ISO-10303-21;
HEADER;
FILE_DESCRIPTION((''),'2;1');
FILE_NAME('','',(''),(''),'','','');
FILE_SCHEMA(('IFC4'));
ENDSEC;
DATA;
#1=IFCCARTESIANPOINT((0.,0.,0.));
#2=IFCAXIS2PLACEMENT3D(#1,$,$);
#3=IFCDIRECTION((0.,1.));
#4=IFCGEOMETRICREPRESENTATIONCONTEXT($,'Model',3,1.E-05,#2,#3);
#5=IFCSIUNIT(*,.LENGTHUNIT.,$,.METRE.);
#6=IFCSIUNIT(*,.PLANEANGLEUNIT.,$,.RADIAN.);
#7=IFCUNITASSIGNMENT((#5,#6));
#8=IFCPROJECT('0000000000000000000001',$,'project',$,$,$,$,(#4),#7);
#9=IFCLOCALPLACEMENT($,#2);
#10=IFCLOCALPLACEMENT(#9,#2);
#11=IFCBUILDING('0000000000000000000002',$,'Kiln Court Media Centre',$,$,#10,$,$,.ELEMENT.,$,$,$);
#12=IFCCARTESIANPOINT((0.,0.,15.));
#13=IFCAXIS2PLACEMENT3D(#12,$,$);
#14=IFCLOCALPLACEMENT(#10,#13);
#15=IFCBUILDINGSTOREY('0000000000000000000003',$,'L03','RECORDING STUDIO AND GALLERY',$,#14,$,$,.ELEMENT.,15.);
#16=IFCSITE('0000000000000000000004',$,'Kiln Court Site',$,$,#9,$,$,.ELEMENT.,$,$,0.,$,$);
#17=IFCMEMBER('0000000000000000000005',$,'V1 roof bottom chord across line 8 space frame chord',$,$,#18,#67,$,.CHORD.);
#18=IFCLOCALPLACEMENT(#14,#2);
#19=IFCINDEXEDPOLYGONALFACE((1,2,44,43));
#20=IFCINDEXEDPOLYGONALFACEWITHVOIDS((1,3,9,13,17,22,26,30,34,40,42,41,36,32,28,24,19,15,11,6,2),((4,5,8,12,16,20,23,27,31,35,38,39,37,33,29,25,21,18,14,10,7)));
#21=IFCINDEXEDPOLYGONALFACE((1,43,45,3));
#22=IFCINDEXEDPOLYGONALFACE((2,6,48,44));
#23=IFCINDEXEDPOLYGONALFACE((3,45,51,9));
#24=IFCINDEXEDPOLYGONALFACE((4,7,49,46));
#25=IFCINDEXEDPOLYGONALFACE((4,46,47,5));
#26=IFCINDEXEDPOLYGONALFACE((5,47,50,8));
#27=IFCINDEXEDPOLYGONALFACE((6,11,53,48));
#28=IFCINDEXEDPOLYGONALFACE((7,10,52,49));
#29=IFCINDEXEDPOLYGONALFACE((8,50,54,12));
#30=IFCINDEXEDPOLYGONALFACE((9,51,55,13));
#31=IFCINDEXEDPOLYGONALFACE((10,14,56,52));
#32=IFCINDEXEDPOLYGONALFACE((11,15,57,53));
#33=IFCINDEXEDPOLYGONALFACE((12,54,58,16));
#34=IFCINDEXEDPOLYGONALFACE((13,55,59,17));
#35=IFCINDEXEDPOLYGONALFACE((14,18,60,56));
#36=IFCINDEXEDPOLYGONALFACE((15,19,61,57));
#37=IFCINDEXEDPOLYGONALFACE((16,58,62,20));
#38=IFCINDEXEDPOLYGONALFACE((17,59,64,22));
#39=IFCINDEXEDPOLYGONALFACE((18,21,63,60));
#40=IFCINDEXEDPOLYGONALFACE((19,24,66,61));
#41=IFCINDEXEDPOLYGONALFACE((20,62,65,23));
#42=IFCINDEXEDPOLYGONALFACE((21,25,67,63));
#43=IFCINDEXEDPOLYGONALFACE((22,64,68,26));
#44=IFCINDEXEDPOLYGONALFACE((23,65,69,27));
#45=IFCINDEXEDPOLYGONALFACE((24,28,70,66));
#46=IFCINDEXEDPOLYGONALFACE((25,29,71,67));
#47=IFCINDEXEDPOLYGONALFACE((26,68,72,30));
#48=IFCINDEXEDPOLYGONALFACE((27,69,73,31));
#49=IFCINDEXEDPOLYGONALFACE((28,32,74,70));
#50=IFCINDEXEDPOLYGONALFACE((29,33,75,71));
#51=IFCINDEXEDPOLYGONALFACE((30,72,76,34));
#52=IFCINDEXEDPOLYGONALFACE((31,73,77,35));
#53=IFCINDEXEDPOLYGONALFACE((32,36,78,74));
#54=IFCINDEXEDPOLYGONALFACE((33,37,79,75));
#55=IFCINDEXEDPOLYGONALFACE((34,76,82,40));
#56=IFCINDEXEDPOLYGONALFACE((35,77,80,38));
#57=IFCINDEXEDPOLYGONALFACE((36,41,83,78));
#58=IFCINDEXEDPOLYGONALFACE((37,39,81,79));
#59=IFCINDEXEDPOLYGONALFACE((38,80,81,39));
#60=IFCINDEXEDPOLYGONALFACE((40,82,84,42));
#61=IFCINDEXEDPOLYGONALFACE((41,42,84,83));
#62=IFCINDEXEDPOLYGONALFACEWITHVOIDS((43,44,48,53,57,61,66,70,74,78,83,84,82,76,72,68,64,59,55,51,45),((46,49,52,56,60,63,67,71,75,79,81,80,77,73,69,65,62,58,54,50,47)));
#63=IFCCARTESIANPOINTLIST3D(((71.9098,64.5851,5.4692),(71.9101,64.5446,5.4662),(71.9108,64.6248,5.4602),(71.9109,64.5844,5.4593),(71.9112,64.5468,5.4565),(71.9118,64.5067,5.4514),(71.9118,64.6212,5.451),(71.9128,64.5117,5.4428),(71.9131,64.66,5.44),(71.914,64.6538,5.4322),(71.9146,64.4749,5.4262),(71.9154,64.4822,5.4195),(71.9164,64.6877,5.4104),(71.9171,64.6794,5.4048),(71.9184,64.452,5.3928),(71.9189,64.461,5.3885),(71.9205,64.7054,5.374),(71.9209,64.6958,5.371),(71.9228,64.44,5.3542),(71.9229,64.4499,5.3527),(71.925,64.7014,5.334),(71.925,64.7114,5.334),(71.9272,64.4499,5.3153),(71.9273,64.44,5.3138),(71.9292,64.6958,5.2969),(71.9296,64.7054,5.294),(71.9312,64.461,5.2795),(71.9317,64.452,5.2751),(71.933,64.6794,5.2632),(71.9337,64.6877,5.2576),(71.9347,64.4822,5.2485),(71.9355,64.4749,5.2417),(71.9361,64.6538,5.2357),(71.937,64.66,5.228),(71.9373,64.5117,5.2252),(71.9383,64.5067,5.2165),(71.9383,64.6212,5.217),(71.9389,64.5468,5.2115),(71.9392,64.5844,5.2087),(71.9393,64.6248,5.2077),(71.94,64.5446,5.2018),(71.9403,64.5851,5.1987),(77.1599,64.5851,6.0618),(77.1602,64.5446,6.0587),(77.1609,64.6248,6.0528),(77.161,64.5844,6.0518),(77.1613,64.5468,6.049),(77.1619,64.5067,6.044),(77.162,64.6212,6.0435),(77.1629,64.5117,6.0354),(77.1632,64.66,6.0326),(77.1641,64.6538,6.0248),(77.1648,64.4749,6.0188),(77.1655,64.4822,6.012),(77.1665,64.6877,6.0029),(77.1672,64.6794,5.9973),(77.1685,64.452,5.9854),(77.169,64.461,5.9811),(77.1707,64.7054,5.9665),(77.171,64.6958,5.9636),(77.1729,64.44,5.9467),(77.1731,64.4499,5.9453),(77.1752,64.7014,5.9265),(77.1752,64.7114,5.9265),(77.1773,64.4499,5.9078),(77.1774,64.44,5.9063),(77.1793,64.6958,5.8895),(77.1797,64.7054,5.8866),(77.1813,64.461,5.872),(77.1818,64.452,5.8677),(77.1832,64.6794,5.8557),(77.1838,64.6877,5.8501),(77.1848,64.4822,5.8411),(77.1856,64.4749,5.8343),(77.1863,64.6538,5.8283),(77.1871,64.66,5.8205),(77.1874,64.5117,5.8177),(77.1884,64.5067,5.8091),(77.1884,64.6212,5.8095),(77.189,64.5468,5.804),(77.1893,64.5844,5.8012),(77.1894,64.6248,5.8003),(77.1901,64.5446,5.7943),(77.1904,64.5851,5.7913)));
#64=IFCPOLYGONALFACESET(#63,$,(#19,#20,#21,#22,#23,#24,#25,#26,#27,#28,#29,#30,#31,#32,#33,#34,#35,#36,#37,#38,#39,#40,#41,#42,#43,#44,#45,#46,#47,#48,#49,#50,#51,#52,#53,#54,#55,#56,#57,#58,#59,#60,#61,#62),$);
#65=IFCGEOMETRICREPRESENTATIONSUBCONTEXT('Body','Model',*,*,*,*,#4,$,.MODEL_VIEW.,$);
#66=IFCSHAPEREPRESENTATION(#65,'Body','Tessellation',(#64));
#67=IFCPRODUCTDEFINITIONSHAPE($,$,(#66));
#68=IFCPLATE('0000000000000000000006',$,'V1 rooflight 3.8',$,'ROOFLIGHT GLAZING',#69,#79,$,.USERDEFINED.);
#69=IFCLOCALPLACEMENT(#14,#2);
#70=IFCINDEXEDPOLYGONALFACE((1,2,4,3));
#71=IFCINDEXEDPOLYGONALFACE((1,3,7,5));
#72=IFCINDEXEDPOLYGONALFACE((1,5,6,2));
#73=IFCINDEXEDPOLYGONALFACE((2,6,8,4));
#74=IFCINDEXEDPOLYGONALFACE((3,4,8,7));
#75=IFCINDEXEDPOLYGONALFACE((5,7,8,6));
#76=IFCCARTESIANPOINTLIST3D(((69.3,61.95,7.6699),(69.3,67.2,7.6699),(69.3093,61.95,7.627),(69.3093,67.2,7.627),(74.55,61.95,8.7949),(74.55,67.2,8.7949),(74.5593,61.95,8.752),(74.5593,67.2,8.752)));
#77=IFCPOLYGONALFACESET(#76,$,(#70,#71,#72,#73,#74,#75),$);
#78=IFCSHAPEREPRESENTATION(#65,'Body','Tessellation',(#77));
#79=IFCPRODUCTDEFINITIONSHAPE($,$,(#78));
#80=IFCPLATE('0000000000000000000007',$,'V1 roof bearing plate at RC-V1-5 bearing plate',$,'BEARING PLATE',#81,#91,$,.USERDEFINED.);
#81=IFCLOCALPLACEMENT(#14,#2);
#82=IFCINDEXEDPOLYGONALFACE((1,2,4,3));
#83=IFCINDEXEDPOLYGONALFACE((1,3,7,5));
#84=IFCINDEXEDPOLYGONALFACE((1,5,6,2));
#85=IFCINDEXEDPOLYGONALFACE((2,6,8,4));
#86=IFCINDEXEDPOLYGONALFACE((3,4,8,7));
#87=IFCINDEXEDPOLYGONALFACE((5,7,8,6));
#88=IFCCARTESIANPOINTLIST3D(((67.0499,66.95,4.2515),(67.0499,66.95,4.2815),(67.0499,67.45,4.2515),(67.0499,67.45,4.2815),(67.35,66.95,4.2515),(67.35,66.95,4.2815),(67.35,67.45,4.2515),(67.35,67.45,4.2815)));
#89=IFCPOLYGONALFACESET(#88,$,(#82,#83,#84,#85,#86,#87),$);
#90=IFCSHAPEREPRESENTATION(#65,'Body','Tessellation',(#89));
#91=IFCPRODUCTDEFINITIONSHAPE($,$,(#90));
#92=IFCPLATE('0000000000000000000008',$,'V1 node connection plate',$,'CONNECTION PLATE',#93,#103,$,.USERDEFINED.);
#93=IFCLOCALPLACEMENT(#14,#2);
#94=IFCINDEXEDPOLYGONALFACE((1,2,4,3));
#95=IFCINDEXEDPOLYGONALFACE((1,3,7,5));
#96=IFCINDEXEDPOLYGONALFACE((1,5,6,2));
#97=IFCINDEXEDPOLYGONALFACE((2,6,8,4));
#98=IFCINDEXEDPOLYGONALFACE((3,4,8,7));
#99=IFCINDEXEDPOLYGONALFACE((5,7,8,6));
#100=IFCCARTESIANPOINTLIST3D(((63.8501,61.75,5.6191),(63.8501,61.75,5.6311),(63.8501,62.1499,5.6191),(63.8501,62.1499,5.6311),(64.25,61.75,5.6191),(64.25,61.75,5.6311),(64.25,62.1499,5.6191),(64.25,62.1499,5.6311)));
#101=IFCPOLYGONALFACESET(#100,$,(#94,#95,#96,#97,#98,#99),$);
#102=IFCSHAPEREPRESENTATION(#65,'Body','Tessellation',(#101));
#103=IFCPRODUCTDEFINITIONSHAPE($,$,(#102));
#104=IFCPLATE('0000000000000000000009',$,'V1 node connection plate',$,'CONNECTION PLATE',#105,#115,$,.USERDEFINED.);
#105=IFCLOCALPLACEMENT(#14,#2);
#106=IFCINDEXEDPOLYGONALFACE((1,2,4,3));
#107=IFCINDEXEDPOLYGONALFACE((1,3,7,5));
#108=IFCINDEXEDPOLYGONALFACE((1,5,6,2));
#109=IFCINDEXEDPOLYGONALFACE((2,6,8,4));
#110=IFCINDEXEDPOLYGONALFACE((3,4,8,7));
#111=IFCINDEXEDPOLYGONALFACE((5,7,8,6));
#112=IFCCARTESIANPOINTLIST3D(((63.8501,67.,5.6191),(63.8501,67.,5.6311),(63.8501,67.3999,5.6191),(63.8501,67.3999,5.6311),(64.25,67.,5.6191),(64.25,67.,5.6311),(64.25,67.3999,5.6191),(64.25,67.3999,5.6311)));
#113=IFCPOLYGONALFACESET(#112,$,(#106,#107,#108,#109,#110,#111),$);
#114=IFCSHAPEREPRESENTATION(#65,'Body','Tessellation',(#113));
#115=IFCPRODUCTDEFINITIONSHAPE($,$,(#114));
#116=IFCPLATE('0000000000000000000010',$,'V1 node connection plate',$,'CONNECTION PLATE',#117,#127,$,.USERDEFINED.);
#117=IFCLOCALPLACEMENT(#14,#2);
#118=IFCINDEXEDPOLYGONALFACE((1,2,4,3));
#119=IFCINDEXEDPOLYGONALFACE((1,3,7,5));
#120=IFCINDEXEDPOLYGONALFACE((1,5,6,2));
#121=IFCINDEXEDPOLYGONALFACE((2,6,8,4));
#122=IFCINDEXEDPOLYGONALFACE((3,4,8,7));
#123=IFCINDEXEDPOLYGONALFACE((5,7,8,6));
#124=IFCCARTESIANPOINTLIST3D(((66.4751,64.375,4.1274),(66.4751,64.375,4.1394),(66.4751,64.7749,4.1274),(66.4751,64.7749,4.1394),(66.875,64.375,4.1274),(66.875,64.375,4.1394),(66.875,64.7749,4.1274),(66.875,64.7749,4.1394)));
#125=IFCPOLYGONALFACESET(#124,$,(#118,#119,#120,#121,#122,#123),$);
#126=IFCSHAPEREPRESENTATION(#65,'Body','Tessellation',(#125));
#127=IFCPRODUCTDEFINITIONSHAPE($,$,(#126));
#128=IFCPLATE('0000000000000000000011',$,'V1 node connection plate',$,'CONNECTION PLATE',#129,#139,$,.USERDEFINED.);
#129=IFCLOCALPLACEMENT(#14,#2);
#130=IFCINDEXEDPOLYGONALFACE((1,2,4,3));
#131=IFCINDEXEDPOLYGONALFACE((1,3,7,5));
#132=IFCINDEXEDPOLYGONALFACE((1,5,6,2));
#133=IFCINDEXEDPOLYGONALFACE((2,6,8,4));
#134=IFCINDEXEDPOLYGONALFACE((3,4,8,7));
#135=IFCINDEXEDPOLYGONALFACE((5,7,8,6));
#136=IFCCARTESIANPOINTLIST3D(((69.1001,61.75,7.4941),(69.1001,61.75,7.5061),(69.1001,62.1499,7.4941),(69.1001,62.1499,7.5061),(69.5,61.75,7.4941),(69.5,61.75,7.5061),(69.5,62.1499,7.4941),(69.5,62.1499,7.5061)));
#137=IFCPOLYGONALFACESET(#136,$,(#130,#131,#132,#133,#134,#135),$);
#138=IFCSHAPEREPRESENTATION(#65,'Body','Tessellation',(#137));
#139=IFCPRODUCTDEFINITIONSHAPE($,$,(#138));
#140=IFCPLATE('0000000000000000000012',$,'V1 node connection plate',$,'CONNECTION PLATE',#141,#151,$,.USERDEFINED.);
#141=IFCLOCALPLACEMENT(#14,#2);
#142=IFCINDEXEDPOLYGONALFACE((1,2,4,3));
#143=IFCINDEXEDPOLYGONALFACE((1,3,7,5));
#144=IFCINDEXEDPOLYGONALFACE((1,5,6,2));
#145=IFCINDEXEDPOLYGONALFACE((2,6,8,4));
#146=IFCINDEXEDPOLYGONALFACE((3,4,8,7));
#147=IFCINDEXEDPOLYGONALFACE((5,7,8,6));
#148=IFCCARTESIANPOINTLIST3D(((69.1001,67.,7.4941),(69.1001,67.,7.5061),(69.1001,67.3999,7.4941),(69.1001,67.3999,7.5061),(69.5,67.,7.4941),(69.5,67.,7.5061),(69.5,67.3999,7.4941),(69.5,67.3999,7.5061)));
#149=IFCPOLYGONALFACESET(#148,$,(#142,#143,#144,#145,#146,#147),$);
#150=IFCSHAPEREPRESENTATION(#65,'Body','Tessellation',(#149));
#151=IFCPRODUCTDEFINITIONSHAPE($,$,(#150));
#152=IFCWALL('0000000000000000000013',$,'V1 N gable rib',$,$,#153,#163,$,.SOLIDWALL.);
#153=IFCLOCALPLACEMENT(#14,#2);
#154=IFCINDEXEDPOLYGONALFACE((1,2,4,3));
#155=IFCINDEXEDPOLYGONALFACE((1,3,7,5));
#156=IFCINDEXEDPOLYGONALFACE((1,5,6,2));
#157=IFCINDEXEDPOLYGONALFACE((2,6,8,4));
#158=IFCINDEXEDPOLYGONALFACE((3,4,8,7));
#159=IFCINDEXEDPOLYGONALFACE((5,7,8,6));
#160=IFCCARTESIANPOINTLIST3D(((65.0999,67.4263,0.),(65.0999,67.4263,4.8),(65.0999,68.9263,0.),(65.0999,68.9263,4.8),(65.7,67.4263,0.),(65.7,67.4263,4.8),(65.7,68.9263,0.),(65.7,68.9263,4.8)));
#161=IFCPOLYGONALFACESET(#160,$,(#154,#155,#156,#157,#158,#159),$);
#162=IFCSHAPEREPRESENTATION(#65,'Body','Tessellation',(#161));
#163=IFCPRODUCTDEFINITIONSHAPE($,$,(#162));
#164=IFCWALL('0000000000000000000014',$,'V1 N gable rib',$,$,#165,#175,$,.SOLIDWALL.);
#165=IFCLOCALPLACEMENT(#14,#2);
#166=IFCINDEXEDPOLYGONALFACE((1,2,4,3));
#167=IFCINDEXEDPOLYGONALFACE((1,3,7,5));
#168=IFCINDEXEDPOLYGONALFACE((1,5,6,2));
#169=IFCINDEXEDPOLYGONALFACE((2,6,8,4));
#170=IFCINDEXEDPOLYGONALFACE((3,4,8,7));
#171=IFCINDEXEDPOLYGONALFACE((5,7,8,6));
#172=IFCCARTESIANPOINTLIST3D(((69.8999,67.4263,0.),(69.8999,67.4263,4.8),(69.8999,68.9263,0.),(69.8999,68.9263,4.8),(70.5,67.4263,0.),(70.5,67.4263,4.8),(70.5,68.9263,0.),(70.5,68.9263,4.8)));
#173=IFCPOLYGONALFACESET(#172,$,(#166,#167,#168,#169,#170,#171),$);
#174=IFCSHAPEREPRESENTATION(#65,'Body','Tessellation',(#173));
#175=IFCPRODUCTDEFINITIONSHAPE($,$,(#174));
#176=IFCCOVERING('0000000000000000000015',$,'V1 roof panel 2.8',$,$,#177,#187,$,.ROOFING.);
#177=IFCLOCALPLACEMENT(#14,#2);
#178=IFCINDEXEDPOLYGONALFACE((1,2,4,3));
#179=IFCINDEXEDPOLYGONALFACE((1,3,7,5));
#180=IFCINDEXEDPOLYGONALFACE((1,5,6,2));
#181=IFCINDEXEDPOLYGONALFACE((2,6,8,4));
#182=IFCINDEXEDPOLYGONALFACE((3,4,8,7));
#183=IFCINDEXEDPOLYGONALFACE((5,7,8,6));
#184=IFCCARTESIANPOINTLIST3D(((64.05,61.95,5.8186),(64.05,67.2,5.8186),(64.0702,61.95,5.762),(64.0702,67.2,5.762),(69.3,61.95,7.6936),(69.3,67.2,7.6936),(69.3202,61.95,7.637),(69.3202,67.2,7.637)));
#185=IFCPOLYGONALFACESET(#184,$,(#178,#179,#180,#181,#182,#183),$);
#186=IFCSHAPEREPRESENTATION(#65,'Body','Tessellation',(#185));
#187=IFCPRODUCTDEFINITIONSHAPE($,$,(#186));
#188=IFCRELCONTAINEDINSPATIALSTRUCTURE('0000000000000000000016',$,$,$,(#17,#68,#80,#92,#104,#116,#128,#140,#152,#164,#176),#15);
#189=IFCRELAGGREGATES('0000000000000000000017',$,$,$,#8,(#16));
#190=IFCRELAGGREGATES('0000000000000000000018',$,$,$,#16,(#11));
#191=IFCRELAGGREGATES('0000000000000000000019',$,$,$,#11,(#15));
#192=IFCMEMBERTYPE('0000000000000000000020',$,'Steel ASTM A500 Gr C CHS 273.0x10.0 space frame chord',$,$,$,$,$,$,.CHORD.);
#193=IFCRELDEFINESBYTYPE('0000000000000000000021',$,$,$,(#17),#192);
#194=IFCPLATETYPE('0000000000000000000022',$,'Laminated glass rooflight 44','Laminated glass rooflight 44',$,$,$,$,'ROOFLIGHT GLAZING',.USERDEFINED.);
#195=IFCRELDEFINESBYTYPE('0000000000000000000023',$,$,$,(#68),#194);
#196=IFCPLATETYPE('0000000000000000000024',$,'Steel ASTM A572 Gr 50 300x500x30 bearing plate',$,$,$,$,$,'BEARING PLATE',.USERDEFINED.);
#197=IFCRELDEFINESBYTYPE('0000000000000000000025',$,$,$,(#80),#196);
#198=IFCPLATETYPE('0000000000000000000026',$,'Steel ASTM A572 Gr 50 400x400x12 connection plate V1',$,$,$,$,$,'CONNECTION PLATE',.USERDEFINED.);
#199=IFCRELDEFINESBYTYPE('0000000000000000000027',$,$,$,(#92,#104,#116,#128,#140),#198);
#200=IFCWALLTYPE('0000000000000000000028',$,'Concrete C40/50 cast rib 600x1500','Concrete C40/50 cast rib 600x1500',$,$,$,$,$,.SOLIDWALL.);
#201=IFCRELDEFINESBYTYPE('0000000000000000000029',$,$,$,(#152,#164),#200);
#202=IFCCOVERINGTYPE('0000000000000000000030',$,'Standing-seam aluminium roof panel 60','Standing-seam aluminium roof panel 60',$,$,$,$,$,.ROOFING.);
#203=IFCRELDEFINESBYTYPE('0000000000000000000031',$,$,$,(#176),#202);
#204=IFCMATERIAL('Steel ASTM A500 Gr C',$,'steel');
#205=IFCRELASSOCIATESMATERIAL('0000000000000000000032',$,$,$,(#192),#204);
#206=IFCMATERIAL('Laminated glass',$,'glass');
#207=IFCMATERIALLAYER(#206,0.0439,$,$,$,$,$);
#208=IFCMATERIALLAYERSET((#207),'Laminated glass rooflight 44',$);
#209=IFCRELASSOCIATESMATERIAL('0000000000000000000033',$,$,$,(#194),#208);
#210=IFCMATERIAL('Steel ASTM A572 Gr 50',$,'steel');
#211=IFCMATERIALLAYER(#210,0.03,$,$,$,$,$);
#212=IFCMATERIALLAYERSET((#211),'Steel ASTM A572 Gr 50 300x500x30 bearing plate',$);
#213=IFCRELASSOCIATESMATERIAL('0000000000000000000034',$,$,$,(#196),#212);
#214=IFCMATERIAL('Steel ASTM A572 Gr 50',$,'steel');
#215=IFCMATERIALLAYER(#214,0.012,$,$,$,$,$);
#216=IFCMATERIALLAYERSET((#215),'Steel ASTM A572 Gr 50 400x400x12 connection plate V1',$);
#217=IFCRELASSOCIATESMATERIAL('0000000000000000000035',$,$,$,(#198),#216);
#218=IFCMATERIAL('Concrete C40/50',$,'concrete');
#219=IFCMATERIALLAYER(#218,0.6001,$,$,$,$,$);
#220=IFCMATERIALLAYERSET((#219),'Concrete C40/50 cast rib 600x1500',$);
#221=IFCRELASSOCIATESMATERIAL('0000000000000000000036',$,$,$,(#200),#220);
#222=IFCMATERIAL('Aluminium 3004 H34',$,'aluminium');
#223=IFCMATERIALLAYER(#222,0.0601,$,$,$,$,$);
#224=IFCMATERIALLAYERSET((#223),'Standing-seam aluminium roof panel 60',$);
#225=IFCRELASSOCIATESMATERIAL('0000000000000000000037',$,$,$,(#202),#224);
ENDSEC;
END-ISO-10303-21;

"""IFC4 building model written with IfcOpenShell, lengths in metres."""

from ifc_helpers import new_model, si_unit, direction, frame, frame_2d, origin, origin_2d, place, context, subcontext, project, spatial, polyline, rectangle, hollow_circle, outline, extrude, material, layer, layer_set, material_profile, profile_set, type_object, element, save


model = new_model("IFC4")

# Units and contexts
model_context = context("Model", 3, precision=1e-05, world=origin(), true_north=direction((0.0, 1.0)))
body_context = subcontext(model_context, "Body", "Model", "MODEL_VIEW")
ifc_project = project(units=[si_unit("LENGTHUNIT", "METRE"), si_unit("PLANEANGLEUNIT", "RADIAN")], contexts=[model_context])

# Site, building, storey
site_placement = place(None, origin())
site = spatial("IfcSite", under=ifc_project, at=site_placement, Name="Kiln Court Site", CompositionType="ELEMENT", RefElevation=0.0)
building_placement = place(site_placement, origin())
building = spatial("IfcBuilding", under=site, at=building_placement, Name="Kiln Court Media Centre", CompositionType="ELEMENT")
storey_placement = place(building_placement, frame((0.0, 0.0, 15.0)))
storey = spatial("IfcBuildingStorey", under=building, at=storey_placement, Name="L03", Description="RECORDING STUDIO AND GALLERY", CompositionType="ELEMENT", Elevation=15.0)

# Member
ifc_material_1 = material(Name="Steel ASTM A500 Gr C", Category="steel")
ifc_material_profile_1 = material_profile(ifc_material_1, hollow_circle(Radius=0.1365, WallThickness=0.01, at=origin_2d()), Name="CHS 273.0x10.0")
ifc_profile_set_1 = profile_set([ifc_material_profile_1], Name="Steel ASTM A500 Gr C")
member_type_1 = type_object("IfcMemberType", Name="Steel ASTM A500 Gr C CHS 273.0x10.0 space frame chord", PredefinedType="CHORD", material=ifc_profile_set_1)
member_1_placement = place(storey_placement, frame((71.925, 64.575, 5.334), z_axis=(0.993691, 0.0, 0.112151), x_axis=(0.0, 1.0, 0.0)))
element("IfcMember", 1, at=member_1_placement, inside=storey, type_object=member_type_1, Name="V1 roof bottom chord across line 8 space frame chord", PredefinedType="CHORD", context=body_context, shape_type="SweptSolid", body=[
    extrude(hollow_circle(Radius=0.1365, WallThickness=0.01, at=origin_2d()), origin(), (0.0, 0.0, 1.0), 5.2834),
])

# Plates
ifc_material_2 = material(Name="Laminated glass", Category="glass")
ifc_layer_1 = layer(ifc_material_2, 0.0439)
ifc_layer_set_1 = layer_set([ifc_layer_1], Name="Laminated glass rooflight 44")
plate_type_1 = type_object("IfcPlateType", Name="Laminated glass rooflight 44", Description="Laminated glass rooflight 44", ElementType="ROOFLIGHT GLAZING", PredefinedType="USERDEFINED", material=ifc_layer_set_1)
plate_1_placement = place(storey_placement, frame((69.3, 61.95, 7.6699), z_axis=(-0.209529, 0.0, 0.977802), x_axis=(0.977802, 0.0, 0.209529)))
element("IfcPlate", 2, at=plate_1_placement, inside=storey, type_object=plate_type_1, Name="V1 rooflight 3.8", ObjectType="ROOFLIGHT GLAZING", PredefinedType="USERDEFINED", context=body_context, shape_type="SweptSolid", body=[
    extrude(outline(polyline([(0.0, 0.0), (5.3692, 0.0), (5.3692, 5.25), (0.0, 5.25), (0.0, 0.0)])), origin(), (0.0, 0.0, -1.0), 0.0439),
])
ifc_material_3 = material(Name="Steel ASTM A572 Gr 50", Category="steel")
ifc_layer_2 = layer(ifc_material_3, 0.03)
ifc_layer_set_2 = layer_set([ifc_layer_2], Name="Steel ASTM A572 Gr 50 300x500x30 bearing plate")
plate_type_2 = type_object("IfcPlateType", Name="Steel ASTM A572 Gr 50 300x500x30 bearing plate", ElementType="BEARING PLATE", PredefinedType="USERDEFINED", material=ifc_layer_set_2)
plate_2_placement = place(storey_placement, frame((67.2, 67.2, 4.2515), z_axis=(0.0, 0.0, 1.0), x_axis=(1.0, 0.0, 0.0)))
element("IfcPlate", 3, at=plate_2_placement, inside=storey, type_object=plate_type_2, Name="V1 roof bearing plate at RC-V1-5 bearing plate", ObjectType="BEARING PLATE", PredefinedType="USERDEFINED", context=body_context, shape_type="SweptSolid", body=[
    extrude(rectangle(XDim=0.3, YDim=0.5, at=origin_2d()), origin(), (0.0, 0.0, 1.0), 0.03),
])
ifc_material_4 = material(Name="Steel ASTM A572 Gr 50", Category="steel")
ifc_layer_3 = layer(ifc_material_4, 0.012)
ifc_layer_set_3 = layer_set([ifc_layer_3], Name="Steel ASTM A572 Gr 50 400x400x12 connection plate V1")
plate_type_3 = type_object("IfcPlateType", Name="Steel ASTM A572 Gr 50 400x400x12 connection plate V1", ElementType="CONNECTION PLATE", PredefinedType="USERDEFINED", material=ifc_layer_set_3)
for number, where, z_axis, x_axis, name in (
    (4, (64.05, 61.95, 5.6191), (0.0, 0.0, 1.0), (1.0, 0.0, 0.0), "V1 node connection plate"),
    (5, (64.05, 67.2, 5.6191), (0.0, 0.0, 1.0), (1.0, 0.0, 0.0), "V1 node connection plate"),
    (6, (66.675, 64.575, 4.1274), (0.0, 0.0, 1.0), (1.0, 0.0, 0.0), "V1 node connection plate"),
    (7, (69.3, 61.95, 7.4941), (0.0, 0.0, 1.0), (1.0, 0.0, 0.0), "V1 node connection plate"),
    (8, (69.3, 67.2, 7.4941), (0.0, 0.0, 1.0), (1.0, 0.0, 0.0), "V1 node connection plate"),
):
    element("IfcPlate", number, at=place(storey_placement, frame(where, z_axis=z_axis, x_axis=x_axis)), inside=storey, type_object=plate_type_3, Name=name, ObjectType="CONNECTION PLATE", PredefinedType="USERDEFINED", context=body_context, shape_type="SweptSolid", body=[
        extrude(rectangle(XDim=0.3999, YDim=0.3999, at=origin_2d()), origin(), (0.0, 0.0, 1.0), 0.012),
    ])

# Walls
ifc_material_5 = material(Name="Concrete C40/50", Category="concrete")
ifc_layer_4 = layer(ifc_material_5, 0.6001)
ifc_layer_set_4 = layer_set([ifc_layer_4], Name="Concrete C40/50 cast rib 600x1500")
wall_type = type_object("IfcWallType", Name="Concrete C40/50 cast rib 600x1500", Description="Concrete C40/50 cast rib 600x1500", PredefinedType="SOLIDWALL", material=ifc_layer_set_4)
for number, where, z_axis, x_axis, name in (
    (9, (65.3999, 67.4263, 0.0), (0.0, 0.0, 1.0), (0.0, 1.0, 0.0), "V1 N gable rib"),
    (10, (70.2, 67.4263, 0.0), (0.0, 0.0, 1.0), (0.0, 1.0, 0.0), "V1 N gable rib"),
):
    element("IfcWall", number, at=place(storey_placement, frame(where, z_axis=z_axis, x_axis=x_axis)), inside=storey, type_object=wall_type, Name=name, PredefinedType="SOLIDWALL", context=body_context, shape_type="SweptSolid", body=[
        extrude(rectangle(XDim=1.5, YDim=0.6001, at=frame_2d((0.75, 0.0))), origin(), (0.0, 0.0, 1.0), 4.8),
    ])

# Covering
ifc_material_6 = material(Name="Aluminium 3004 H34", Category="aluminium")
ifc_layer_5 = layer(ifc_material_6, 0.0601)
ifc_layer_set_5 = layer_set([ifc_layer_5], Name="Standing-seam aluminium roof panel 60")
covering_type = type_object("IfcCoveringType", Name="Standing-seam aluminium roof panel 60", Description="Standing-seam aluminium roof panel 60", PredefinedType="ROOFING", material=ifc_layer_set_5)
covering_placement = place(storey_placement, frame((64.05, 61.95, 5.8186), z_axis=(-0.336336, 0.0, 0.941742), x_axis=(0.941742, 0.0, 0.336336)))
element("IfcCovering", 11, at=covering_placement, inside=storey, type_object=covering_type, Name="V1 roof panel 2.8", PredefinedType="ROOFING", context=body_context, shape_type="SweptSolid", body=[
    extrude(outline(polyline([(0.0, 0.0), (5.5748, 0.0), (5.5748, 5.25), (0.0, 5.25), (0.0, 0.0)])), origin(), (0.0, 0.0, -1.0), 0.0601),
])

save(model, "model.ifc")
